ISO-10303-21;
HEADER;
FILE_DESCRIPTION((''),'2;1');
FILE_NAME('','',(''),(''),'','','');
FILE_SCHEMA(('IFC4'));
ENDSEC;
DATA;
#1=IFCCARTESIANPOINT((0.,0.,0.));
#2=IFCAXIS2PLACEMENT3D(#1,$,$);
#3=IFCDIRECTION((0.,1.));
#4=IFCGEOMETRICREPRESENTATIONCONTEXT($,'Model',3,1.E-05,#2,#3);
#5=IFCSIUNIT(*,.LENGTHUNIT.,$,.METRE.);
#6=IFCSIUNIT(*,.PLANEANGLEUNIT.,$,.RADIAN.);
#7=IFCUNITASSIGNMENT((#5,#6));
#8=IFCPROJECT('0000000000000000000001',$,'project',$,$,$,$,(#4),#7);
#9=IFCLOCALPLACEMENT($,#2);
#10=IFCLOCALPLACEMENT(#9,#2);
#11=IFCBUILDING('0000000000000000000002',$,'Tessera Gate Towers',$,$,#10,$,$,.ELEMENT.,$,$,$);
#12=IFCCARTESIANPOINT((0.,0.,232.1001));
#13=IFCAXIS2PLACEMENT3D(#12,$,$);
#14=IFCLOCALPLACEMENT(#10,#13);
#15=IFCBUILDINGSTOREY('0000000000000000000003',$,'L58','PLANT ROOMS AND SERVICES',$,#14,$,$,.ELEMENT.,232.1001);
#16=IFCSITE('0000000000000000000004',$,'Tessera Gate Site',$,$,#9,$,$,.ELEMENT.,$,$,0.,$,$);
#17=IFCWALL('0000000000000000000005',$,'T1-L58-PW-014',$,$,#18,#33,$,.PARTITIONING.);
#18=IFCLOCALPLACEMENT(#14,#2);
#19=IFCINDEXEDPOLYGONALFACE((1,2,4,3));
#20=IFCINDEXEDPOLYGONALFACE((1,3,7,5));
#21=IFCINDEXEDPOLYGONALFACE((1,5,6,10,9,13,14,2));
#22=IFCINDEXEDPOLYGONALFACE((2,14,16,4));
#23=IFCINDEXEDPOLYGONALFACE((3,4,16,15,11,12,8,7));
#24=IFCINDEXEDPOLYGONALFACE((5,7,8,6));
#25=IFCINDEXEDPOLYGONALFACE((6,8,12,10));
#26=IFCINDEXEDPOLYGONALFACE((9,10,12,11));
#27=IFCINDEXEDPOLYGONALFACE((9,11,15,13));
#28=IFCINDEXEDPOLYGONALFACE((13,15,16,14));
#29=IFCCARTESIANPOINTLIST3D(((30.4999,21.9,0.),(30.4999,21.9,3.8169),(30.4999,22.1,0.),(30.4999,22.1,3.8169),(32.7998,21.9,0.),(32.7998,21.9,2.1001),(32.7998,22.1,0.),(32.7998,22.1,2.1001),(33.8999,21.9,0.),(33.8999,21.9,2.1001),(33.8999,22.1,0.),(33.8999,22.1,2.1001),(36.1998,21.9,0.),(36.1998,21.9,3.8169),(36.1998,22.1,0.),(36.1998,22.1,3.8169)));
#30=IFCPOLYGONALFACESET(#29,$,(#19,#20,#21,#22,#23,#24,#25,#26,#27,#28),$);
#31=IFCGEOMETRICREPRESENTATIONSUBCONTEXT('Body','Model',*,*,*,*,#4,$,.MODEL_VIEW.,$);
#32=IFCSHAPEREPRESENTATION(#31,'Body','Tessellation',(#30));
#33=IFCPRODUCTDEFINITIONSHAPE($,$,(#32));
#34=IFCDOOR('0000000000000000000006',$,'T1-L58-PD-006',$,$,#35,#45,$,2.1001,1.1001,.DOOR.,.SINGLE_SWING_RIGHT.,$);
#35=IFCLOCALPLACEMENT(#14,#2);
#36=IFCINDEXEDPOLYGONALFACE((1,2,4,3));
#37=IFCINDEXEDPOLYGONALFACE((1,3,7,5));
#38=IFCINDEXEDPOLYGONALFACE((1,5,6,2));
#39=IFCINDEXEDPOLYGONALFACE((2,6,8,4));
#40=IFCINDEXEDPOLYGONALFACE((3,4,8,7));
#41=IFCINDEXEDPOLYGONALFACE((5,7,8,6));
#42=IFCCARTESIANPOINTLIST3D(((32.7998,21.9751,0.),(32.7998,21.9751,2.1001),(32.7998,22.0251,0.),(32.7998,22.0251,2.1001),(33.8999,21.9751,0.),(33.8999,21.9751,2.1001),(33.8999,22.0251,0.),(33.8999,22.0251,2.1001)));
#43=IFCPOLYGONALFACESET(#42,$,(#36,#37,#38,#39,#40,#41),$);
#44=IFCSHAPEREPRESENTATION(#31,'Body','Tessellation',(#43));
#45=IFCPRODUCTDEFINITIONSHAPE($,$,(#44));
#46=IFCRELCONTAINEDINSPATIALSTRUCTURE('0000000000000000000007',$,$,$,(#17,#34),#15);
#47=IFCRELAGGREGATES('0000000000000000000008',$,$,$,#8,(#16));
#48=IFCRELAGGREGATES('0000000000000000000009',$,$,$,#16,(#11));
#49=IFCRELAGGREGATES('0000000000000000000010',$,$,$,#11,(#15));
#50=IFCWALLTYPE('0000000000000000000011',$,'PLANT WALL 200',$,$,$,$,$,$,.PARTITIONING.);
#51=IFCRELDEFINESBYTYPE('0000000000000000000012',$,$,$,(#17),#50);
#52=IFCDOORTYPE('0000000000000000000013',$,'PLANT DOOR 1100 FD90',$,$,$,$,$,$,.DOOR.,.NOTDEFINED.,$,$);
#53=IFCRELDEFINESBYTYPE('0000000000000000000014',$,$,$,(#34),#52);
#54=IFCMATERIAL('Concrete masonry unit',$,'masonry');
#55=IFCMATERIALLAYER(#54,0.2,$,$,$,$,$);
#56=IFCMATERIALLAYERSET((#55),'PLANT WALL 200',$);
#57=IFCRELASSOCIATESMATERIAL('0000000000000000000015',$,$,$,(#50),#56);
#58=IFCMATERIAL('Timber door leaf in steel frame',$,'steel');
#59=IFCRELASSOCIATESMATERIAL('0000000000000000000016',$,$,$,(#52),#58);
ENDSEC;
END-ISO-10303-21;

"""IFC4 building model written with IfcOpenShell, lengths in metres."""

from ifc_helpers import new_model, si_unit, direction, frame, frame_2d, origin, place, context, subcontext, project, spatial, rectangle, extrude, source, transform, mapped, material, layer, layer_set, type_object, element, fill, save


model = new_model("IFC4")

# Units and contexts
model_context = context("Model", 3, precision=1e-05, world=origin(), true_north=direction((0.0, 1.0)))
body_context = subcontext(model_context, "Body", "Model", "MODEL_VIEW")
ifc_project = project(units=[si_unit("LENGTHUNIT", "METRE"), si_unit("PLANEANGLEUNIT", "RADIAN")], contexts=[model_context])

# Site, building, storey
site_placement = place(None, origin())
site = spatial("IfcSite", under=ifc_project, at=site_placement, Name="Tessera Gate Site", CompositionType="ELEMENT", RefElevation=0.0)
building_placement = place(site_placement, origin())
building = spatial("IfcBuilding", under=site, at=building_placement, Name="Tessera Gate Towers", CompositionType="ELEMENT")
storey_placement = place(building_placement, frame((0.0, 0.0, 232.1001)))
storey = spatial("IfcBuildingStorey", under=building, at=storey_placement, Name="L58", Description="PLANT ROOMS AND SERVICES", CompositionType="ELEMENT", Elevation=232.1001)

# Shared definitions
ifc_material_1 = material(Name="Concrete masonry unit", Category="masonry")
ifc_layer_1 = layer(ifc_material_1, 0.2)
ifc_layer_set_1 = layer_set([ifc_layer_1], Name="PLANT WALL 200")
wall_type_1 = type_object("IfcWallType", Name="PLANT WALL 200", PredefinedType="PARTITIONING", material=ifc_layer_set_1)
shared_shape_1 = source(origin(), body_context, "Body", "SweptSolid", [
    extrude(rectangle(XDim=1.1001, YDim=2.1001, at=frame_2d((0.55, 1.05))), frame((0.0, 0.1099, 0.0), z_axis=(0.0, -1.0, 0.0), x_axis=(1.0, 0.0, 0.0)), (0.0, 0.0, 1.0), 0.22),
])
ifc_material_2 = material(Name="Timber door leaf in steel frame", Category="steel")
door_type = type_object("IfcDoorType", Name="PLANT DOOR 1100 FD90", OperationType="NOTDEFINED", PredefinedType="DOOR", material=ifc_material_2)
shared_shape_2 = source(origin(), body_context, "Body", "SweptSolid", [
    extrude(rectangle(XDim=1.1001, YDim=2.1001, at=frame_2d((0.55, 1.05))), frame((0.0, 0.0249, 0.0), z_axis=(0.0, -1.0, 0.0), x_axis=(1.0, 0.0, 0.0)), (0.0, 0.0, 1.0), 0.05),
])

# Wall, opening, door
wall_1_placement = place(storey_placement, frame((36.2, 22.0, 0.0), z_axis=(0.0, 0.0, 1.0), x_axis=(-1.0, 0.0, 0.0)))
wall_1 = element("IfcWall", 1, at=wall_1_placement, inside=storey, type_object=wall_type_1, Name="T1-L58-PW-014", PredefinedType="PARTITIONING", context=body_context, shape_type="SweptSolid", body=[
    extrude(rectangle(XDim=5.7, YDim=0.2, at=frame_2d((2.8501, 0.0))), origin(), (0.0, 0.0, 1.0), 3.8169),
])
opening_1_placement = place(wall_1_placement, frame((2.3, 0.0, 0.0)))
opening_1 = element("IfcOpeningElement", 2, at=opening_1_placement, cuts=wall_1, PredefinedType="OPENING", context=body_context, shape_type="MappedRepresentation", body=[
    mapped(shared_shape_1, transform((0.0, 0.0, 0.0), scale=1.0)),
])
door_1_placement = place(opening_1_placement, origin())
door_1 = element("IfcDoor", 3, at=door_1_placement, inside=storey, type_object=door_type, Name="T1-L58-PD-006", OperationType="SINGLE_SWING_RIGHT", OverallHeight=2.1001, OverallWidth=1.1001, PredefinedType="DOOR", context=body_context, shape_type="MappedRepresentation", body=[
    mapped(shared_shape_2, transform((0.0, 0.0, 0.0), scale=1.0)),
])
fill(opening_1, door_1)

save(model, "model.ifc")
